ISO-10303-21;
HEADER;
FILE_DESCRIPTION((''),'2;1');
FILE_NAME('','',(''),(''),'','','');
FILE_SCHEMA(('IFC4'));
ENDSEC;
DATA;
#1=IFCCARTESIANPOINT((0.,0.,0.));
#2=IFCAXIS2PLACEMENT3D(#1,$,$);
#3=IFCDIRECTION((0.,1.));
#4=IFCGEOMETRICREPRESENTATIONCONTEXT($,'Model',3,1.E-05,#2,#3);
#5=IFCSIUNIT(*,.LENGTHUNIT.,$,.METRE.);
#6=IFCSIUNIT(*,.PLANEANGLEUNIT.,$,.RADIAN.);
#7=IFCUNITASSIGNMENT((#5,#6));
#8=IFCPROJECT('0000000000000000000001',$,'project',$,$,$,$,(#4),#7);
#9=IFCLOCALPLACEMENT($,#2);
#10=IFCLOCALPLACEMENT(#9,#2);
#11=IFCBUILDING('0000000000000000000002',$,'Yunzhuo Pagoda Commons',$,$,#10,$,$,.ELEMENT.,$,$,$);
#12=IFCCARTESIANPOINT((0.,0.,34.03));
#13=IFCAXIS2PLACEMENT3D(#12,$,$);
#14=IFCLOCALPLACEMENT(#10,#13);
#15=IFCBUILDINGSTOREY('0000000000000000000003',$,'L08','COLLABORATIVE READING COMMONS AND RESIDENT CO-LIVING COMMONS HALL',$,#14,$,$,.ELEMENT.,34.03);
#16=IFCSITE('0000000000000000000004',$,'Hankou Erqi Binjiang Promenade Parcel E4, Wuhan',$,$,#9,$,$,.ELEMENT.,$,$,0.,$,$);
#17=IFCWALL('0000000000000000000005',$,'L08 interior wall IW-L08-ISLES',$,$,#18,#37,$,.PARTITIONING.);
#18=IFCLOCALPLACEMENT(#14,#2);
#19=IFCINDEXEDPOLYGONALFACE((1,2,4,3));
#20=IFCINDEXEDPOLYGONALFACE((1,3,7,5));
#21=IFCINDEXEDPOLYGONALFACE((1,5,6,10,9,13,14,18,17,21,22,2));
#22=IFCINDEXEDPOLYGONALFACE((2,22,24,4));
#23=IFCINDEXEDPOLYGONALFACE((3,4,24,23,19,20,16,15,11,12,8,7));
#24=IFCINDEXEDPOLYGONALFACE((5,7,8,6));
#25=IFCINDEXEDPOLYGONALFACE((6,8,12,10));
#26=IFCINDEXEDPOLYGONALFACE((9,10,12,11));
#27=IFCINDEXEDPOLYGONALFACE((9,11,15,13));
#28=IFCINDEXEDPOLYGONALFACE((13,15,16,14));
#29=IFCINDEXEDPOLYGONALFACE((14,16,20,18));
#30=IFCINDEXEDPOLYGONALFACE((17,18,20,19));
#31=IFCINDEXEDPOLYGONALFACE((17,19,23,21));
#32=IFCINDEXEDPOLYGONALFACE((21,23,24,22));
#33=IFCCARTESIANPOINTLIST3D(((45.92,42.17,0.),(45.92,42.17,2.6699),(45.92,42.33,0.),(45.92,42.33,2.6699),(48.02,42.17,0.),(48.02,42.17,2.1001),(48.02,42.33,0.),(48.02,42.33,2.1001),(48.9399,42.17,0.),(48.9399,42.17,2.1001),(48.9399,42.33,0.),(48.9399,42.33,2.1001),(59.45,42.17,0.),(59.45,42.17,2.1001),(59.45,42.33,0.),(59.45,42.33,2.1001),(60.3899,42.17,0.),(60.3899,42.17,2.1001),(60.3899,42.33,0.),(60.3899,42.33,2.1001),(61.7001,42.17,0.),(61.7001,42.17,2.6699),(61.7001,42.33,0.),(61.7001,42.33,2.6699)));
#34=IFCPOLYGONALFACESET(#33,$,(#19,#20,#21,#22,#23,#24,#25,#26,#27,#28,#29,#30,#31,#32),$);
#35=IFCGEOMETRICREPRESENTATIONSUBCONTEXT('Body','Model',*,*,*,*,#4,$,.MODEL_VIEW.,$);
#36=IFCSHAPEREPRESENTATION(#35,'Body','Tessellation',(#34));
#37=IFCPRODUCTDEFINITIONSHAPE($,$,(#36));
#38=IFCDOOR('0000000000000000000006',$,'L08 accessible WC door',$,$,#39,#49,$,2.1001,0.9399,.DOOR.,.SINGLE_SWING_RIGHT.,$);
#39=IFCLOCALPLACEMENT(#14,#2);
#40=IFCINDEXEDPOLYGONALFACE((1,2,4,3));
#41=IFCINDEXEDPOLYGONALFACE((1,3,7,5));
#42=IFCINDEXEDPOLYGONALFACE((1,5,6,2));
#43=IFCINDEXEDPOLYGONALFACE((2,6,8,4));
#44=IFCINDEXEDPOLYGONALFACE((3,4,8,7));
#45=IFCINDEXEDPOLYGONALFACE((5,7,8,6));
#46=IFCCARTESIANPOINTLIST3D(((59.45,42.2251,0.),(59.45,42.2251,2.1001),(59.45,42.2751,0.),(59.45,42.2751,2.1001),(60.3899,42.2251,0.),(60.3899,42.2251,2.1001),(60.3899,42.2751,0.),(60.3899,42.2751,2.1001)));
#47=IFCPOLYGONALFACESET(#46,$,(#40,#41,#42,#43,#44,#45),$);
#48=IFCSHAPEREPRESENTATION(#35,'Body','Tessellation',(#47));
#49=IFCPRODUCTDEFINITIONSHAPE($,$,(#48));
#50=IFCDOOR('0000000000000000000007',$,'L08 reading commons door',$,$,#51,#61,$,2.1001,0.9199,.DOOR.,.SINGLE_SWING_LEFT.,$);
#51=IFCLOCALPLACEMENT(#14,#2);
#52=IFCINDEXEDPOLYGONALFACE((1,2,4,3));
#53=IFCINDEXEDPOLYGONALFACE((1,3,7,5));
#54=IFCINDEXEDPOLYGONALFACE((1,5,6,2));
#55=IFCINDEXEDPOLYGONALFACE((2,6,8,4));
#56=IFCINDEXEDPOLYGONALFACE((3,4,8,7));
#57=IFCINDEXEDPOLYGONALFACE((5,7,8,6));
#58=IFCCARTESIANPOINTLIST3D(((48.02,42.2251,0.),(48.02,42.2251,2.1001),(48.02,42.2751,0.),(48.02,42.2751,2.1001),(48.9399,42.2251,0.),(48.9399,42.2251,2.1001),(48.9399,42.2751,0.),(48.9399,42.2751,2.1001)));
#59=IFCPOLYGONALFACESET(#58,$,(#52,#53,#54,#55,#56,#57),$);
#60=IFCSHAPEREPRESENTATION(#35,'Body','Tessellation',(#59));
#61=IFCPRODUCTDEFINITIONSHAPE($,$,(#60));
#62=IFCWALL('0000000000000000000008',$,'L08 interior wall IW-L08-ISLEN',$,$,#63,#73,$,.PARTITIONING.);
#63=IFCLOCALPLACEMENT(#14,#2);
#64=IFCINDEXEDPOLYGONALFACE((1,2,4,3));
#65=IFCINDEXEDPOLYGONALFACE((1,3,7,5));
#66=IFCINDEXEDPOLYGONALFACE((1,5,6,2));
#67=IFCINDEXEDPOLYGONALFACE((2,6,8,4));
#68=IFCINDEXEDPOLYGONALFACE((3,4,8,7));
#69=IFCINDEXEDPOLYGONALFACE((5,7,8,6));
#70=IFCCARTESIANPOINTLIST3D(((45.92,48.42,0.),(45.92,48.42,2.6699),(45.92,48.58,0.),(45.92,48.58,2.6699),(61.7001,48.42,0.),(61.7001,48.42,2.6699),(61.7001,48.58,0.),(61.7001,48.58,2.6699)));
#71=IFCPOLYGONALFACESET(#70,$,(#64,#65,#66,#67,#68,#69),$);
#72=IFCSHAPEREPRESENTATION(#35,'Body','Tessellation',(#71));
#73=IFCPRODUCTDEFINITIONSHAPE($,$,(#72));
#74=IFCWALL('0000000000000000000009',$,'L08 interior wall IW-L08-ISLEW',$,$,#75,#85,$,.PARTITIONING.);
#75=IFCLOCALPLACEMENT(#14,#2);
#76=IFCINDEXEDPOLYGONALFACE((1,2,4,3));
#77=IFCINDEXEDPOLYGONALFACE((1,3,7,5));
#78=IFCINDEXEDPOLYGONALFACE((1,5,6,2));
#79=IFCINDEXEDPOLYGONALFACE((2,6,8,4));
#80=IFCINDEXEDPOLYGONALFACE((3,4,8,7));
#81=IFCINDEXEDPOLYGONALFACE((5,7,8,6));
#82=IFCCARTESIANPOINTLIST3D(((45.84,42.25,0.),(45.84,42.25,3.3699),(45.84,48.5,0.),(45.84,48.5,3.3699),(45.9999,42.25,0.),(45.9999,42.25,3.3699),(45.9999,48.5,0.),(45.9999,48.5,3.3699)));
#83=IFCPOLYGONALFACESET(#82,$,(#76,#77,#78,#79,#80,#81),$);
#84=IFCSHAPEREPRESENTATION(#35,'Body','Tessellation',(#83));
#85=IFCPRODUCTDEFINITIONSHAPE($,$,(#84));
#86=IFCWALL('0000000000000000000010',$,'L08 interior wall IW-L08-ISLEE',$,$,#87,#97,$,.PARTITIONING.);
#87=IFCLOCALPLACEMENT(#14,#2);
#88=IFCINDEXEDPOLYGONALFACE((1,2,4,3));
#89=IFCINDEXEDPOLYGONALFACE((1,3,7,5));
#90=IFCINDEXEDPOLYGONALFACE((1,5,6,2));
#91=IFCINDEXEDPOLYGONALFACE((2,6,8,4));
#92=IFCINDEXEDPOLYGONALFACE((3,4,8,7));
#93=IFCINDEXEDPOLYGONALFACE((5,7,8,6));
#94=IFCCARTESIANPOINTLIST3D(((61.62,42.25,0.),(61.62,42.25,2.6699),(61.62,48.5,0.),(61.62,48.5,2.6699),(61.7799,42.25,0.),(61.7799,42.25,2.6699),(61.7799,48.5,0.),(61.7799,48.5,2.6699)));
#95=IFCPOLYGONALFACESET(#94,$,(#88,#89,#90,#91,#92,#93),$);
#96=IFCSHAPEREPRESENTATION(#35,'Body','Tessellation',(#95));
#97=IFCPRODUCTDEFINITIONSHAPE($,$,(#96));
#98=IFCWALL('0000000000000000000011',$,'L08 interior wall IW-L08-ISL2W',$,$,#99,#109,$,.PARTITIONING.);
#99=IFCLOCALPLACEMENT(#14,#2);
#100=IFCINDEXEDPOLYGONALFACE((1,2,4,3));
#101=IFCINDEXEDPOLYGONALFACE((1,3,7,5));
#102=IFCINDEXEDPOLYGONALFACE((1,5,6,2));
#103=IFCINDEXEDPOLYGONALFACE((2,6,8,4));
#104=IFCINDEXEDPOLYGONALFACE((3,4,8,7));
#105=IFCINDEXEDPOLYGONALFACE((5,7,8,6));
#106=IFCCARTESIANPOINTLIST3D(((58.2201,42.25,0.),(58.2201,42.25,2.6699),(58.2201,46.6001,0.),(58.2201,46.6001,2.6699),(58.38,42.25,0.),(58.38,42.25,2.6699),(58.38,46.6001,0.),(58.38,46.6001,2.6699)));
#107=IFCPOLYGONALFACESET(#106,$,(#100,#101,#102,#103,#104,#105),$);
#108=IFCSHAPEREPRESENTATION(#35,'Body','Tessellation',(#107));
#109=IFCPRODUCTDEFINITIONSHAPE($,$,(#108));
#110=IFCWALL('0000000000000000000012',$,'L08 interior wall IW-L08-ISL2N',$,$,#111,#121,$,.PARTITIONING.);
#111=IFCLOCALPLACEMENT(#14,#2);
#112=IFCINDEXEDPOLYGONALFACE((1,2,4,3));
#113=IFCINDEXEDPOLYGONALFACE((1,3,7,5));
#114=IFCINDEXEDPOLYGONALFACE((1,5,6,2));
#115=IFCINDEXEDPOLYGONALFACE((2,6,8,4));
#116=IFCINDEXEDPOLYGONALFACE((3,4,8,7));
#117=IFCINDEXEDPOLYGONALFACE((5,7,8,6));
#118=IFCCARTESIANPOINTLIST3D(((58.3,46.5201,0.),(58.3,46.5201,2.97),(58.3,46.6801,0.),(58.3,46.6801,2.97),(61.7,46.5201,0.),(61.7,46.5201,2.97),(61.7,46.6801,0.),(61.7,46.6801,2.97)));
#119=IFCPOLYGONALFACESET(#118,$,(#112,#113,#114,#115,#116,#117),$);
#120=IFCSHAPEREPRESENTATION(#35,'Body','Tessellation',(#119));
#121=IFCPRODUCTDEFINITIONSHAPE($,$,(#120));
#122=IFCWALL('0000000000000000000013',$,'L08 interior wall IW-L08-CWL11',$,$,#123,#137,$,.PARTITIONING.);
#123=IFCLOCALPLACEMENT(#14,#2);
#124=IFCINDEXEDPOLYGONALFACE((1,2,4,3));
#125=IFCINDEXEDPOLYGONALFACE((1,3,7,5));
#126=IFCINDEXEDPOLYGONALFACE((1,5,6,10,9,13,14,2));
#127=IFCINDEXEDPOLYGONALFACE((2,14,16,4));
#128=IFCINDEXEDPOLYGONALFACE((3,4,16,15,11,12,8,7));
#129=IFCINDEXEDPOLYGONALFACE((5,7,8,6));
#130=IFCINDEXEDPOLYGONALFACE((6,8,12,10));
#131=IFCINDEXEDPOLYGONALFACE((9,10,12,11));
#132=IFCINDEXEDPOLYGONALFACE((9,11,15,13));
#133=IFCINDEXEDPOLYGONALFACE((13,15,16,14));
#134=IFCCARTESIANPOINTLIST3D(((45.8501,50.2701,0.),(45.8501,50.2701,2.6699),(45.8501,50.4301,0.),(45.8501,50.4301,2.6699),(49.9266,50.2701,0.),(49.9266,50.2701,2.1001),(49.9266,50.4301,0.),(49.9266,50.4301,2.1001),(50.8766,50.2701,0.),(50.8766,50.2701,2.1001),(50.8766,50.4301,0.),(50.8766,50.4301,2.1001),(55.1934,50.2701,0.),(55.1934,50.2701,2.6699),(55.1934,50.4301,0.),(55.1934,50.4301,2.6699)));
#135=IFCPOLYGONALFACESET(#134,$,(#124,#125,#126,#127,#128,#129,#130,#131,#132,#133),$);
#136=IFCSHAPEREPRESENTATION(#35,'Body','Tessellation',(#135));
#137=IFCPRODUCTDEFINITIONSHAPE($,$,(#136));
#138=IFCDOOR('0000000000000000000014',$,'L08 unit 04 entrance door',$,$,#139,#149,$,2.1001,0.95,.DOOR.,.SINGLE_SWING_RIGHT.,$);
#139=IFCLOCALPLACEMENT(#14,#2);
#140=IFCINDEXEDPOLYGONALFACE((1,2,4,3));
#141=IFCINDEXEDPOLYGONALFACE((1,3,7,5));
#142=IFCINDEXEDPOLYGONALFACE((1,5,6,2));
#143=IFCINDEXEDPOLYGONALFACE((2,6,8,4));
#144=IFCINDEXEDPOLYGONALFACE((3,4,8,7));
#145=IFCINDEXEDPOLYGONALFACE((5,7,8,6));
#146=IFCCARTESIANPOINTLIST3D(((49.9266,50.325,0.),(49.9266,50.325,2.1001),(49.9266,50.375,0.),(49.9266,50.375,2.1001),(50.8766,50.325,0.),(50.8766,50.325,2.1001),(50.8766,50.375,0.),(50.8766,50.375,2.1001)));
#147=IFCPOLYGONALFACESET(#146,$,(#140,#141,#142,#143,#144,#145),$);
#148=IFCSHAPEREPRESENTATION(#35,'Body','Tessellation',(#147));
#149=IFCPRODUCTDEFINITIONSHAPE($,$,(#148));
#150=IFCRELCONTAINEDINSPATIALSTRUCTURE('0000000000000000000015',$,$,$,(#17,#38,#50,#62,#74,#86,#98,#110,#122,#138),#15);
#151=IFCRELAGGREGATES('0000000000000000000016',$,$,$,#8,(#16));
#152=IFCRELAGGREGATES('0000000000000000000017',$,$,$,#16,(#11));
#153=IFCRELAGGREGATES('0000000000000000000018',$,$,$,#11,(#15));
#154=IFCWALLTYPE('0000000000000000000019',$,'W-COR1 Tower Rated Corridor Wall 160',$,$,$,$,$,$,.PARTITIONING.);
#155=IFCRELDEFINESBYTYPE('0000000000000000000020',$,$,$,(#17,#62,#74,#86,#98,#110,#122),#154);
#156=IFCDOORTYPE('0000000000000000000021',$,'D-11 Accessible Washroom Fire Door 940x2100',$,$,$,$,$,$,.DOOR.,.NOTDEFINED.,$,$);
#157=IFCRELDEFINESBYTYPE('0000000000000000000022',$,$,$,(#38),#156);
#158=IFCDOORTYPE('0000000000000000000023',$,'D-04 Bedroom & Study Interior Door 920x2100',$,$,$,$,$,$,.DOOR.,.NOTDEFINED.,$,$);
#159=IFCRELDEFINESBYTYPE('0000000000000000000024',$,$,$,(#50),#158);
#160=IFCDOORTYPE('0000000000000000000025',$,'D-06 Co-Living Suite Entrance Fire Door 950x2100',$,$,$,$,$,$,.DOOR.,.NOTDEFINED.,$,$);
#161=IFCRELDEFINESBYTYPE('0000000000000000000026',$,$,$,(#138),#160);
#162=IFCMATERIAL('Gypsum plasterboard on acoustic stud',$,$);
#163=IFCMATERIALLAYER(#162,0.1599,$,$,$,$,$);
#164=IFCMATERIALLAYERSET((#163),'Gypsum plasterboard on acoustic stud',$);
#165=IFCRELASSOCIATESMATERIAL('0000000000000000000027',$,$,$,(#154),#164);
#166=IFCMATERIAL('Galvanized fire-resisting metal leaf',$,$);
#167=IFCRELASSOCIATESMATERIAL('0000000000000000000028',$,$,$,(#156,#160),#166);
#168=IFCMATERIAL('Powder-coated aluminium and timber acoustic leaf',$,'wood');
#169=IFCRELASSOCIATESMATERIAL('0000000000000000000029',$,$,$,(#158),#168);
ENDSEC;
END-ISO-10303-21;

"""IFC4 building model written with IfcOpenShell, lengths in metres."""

from ifc_helpers import new_model, si_unit, direction, frame, frame_2d, origin, origin_with_axes, place, context, subcontext, project, spatial, rectangle, extrude, source, transform, mapped, material, layer, layer_set, type_object, element, fill, save


model = new_model("IFC4")

# Units and contexts
model_context = context("Model", 3, precision=1e-05, world=origin(), true_north=direction((0.0, 1.0)))
body_context = subcontext(model_context, "Body", "Model", "MODEL_VIEW")
ifc_project = project(units=[si_unit("LENGTHUNIT", "METRE"), si_unit("PLANEANGLEUNIT", "RADIAN")], contexts=[model_context])

# Site, building, storey
site_placement = place(None, origin())
site = spatial("IfcSite", under=ifc_project, at=site_placement, Name="Hankou Erqi Binjiang Promenade Parcel E4, Wuhan", CompositionType="ELEMENT", RefElevation=0.0)
building_placement = place(site_placement, origin())
building = spatial("IfcBuilding", under=site, at=building_placement, Name="Yunzhuo Pagoda Commons", CompositionType="ELEMENT")
storey_placement = place(building_placement, frame((0.0, 0.0, 34.03)))
storey = spatial("IfcBuildingStorey", under=building, at=storey_placement, Name="L08", Description="COLLABORATIVE READING COMMONS AND RESIDENT CO-LIVING COMMONS HALL", CompositionType="ELEMENT", Elevation=34.03)

# Shared definitions
ifc_material_1 = material(Name="Galvanized fire-resisting metal leaf")

# Wall, openings, doors
ifc_material_2 = material(Name="Gypsum plasterboard on acoustic stud")
ifc_layer_1 = layer(ifc_material_2, 0.1599)
ifc_layer_set_1 = layer_set([ifc_layer_1], Name="Gypsum plasterboard on acoustic stud")
wall_type_1 = type_object("IfcWallType", Name="W-COR1 Tower Rated Corridor Wall 160", PredefinedType="PARTITIONING", material=ifc_layer_set_1)
wall_1_placement = place(storey_placement, frame((45.9199, 42.25, 0.0), z_axis=(0.0, 0.0, 1.0), x_axis=(1.0, 0.0, 0.0)))
wall_1 = element("IfcWall", 1, at=wall_1_placement, inside=storey, type_object=wall_type_1, Name="L08 interior wall IW-L08-ISLES", PredefinedType="PARTITIONING", context=body_context, shape_type="SweptSolid", body=[
    extrude(rectangle(XDim=15.78, YDim=0.1599, at=frame_2d((7.8901, 0.0))), origin(), (0.0, 0.0, 1.0), 2.6699),
])
opening_1_placement = place(wall_1_placement, frame((2.1001, 0.0, 0.0)))
opening_1 = element("IfcOpeningElement", 2, at=opening_1_placement, cuts=wall_1, PredefinedType="OPENING", context=body_context, shape_type="SweptSolid", body=[
    extrude(rectangle(XDim=0.9199, YDim=2.1001, at=frame_2d((0.46, 1.05))), frame((0.0, 0.0898, 0.0), z_axis=(0.0, -1.0, 0.0), x_axis=(1.0, 0.0, 0.0)), (0.0, 0.0, 1.0), 0.1799),
])
opening_2_placement = place(wall_1_placement, frame((13.53, 0.0, 0.0)))
opening_2 = element("IfcOpeningElement", 3, at=opening_2_placement, cuts=wall_1, PredefinedType="OPENING", context=body_context, shape_type="SweptSolid", body=[
    extrude(rectangle(XDim=0.9399, YDim=2.1001, at=frame_2d((0.47, 1.05))), frame((0.0, 0.0898, 0.0), z_axis=(0.0, -1.0, 0.0), x_axis=(1.0, 0.0, 0.0)), (0.0, 0.0, 1.0), 0.1799),
])
door_type_1 = type_object("IfcDoorType", Name="D-11 Accessible Washroom Fire Door 940x2100", OperationType="NOTDEFINED", PredefinedType="DOOR", material=ifc_material_1)
shared_shape_1 = source(origin(), body_context, "Body", "SweptSolid", [
    extrude(rectangle(XDim=0.9399, YDim=2.1001, at=frame_2d((0.47, 1.05))), frame((0.0, 0.0249, 0.0), z_axis=(0.0, -1.0, 0.0), x_axis=(1.0, 0.0, 0.0)), (0.0, 0.0, 1.0), 0.05),
])
door_1_placement = place(opening_2_placement, frame((0.9399, 0.0, 0.0), z_axis=(0.0, 0.0, 1.0), x_axis=(-1.0, 0.0, 0.0)))
door_1 = element("IfcDoor", 4, at=door_1_placement, inside=storey, type_object=door_type_1, Name="L08 accessible WC door", OperationType="SINGLE_SWING_RIGHT", OverallHeight=2.1001, OverallWidth=0.9399, PredefinedType="DOOR", context=body_context, shape_type="MappedRepresentation", body=[
    mapped(shared_shape_1, transform((0.0, 0.0, 0.0), scale=1.0)),
])
fill(opening_2, door_1)
ifc_material_3 = material(Name="Powder-coated aluminium and timber acoustic leaf", Category="wood")
door_type_2 = type_object("IfcDoorType", Name="D-04 Bedroom & Study Interior Door 920x2100", OperationType="NOTDEFINED", PredefinedType="DOOR", material=ifc_material_3)
shared_shape_2 = source(origin(), body_context, "Body", "SweptSolid", [
    extrude(rectangle(XDim=0.9199, YDim=2.1001, at=frame_2d((0.46, 1.05))), frame((0.0, 0.0249, 0.0), z_axis=(0.0, -1.0, 0.0), x_axis=(1.0, 0.0, 0.0)), (0.0, 0.0, 1.0), 0.05),
])
door_2_placement = place(opening_1_placement, frame((0.9199, 0.0, 0.0), z_axis=(0.0, 0.0, 1.0), x_axis=(-1.0, 0.0, 0.0)))
door_2 = element("IfcDoor", 5, at=door_2_placement, inside=storey, type_object=door_type_2, Name="L08 reading commons door", OperationType="SINGLE_SWING_LEFT", OverallHeight=2.1001, OverallWidth=0.9199, PredefinedType="DOOR", context=body_context, shape_type="MappedRepresentation", body=[
    mapped(shared_shape_2, transform((0.0, 0.0, 0.0), scale=1.0)),
])
fill(opening_1, door_2)

# Walls
wall_2_placement = place(storey_placement, frame((45.9199, 48.5, 0.0), z_axis=(0.0, 0.0, 1.0), x_axis=(1.0, 0.0, 0.0)))
element("IfcWall", 6, at=wall_2_placement, inside=storey, type_object=wall_type_1, Name="L08 interior wall IW-L08-ISLEN", PredefinedType="PARTITIONING", context=body_context, shape_type="SweptSolid", body=[
    extrude(rectangle(XDim=15.78, YDim=0.1599, at=frame_2d((7.8901, 0.0))), origin(), (0.0, 0.0, 1.0), 2.6699),
])
wall_3_placement = place(storey_placement, frame((45.9199, 42.25, 0.0), z_axis=(0.0, 0.0, 1.0), x_axis=(0.0, 1.0, 0.0)))
element("IfcWall", 7, at=wall_3_placement, inside=storey, type_object=wall_type_1, Name="L08 interior wall IW-L08-ISLEW", PredefinedType="PARTITIONING", context=body_context, shape_type="SweptSolid", body=[
    extrude(rectangle(XDim=6.25, YDim=0.1599, at=frame_2d((3.125, 0.0))), origin(), (0.0, 0.0, 1.0), 3.3699),
])
wall_4_placement = place(storey_placement, frame((61.7, 42.25, 0.0), z_axis=(0.0, 0.0, 1.0), x_axis=(0.0, 1.0, 0.0)))
element("IfcWall", 8, at=wall_4_placement, inside=storey, type_object=wall_type_1, Name="L08 interior wall IW-L08-ISLEE", PredefinedType="PARTITIONING", context=body_context, shape_type="SweptSolid", body=[
    extrude(rectangle(XDim=6.25, YDim=0.1599, at=frame_2d((3.125, 0.0))), origin(), (0.0, 0.0, 1.0), 2.6699),
])
wall_5_placement = place(storey_placement, frame((58.3, 42.25, 0.0), z_axis=(0.0, 0.0, 1.0), x_axis=(0.0, 1.0, 0.0)))
element("IfcWall", 9, at=wall_5_placement, inside=storey, type_object=wall_type_1, Name="L08 interior wall IW-L08-ISL2W", PredefinedType="PARTITIONING", context=body_context, shape_type="SweptSolid", body=[
    extrude(rectangle(XDim=4.3501, YDim=0.1599, at=frame_2d((2.175, 0.0))), origin(), (0.0, 0.0, 1.0), 2.6699),
])
wall_6_placement = place(storey_placement, frame((58.3, 46.6001, 0.0), z_axis=(0.0, 0.0, 1.0), x_axis=(1.0, 0.0, 0.0)))
element("IfcWall", 10, at=wall_6_placement, inside=storey, type_object=wall_type_1, Name="L08 interior wall IW-L08-ISL2N", PredefinedType="PARTITIONING", context=body_context, shape_type="SweptSolid", body=[
    extrude(rectangle(XDim=3.3999, YDim=0.1599, at=frame_2d((1.7, 0.0))), origin(), (0.0, 0.0, 1.0), 2.97),
])

# Wall, opening, door
wall_7_placement = place(storey_placement, frame((45.8501, 50.3501, 0.0), z_axis=(0.0, 0.0, 1.0), x_axis=(1.0, 0.0, 0.0)))
wall_7 = element("IfcWall", 11, at=wall_7_placement, inside=storey, type_object=wall_type_1, Name="L08 interior wall IW-L08-CWL11", PredefinedType="PARTITIONING", context=body_context, shape_type="SweptSolid", body=[
    extrude(rectangle(XDim=9.3433, YDim=0.1599, at=frame_2d((4.6716, 0.0))), origin(), (0.0, 0.0, 1.0), 2.6699),
])
opening_3_placement = place(wall_7_placement, frame((4.0764, 0.0, 0.0)))
opening_3 = element("IfcOpeningElement", 12, at=opening_3_placement, cuts=wall_7, PredefinedType="OPENING", context=body_context, shape_type="SweptSolid", body=[
    extrude(rectangle(XDim=0.95, YDim=2.1001, at=frame_2d((0.4751, 1.05))), frame((0.0, 0.0898, 0.0), z_axis=(0.0, -1.0, 0.0), x_axis=(1.0, 0.0, 0.0)), (0.0, 0.0, 1.0), 0.1799),
])
door_type_3 = type_object("IfcDoorType", Name="D-06 Co-Living Suite Entrance Fire Door 950x2100", OperationType="NOTDEFINED", PredefinedType="DOOR", material=ifc_material_1)
shared_shape_3 = source(origin(), body_context, "Body", "SweptSolid", [
    extrude(rectangle(XDim=0.95, YDim=2.1001, at=frame_2d((0.4751, 1.05))), frame((0.0, 0.0249, 0.0), z_axis=(0.0, -1.0, 0.0), x_axis=(1.0, 0.0, 0.0)), (0.0, 0.0, 1.0), 0.05),
])
door_3_placement = place(opening_3_placement, origin_with_axes())
door_3 = element("IfcDoor", 13, at=door_3_placement, inside=storey, type_object=door_type_3, Name="L08 unit 04 entrance door", OperationType="SINGLE_SWING_RIGHT", OverallHeight=2.1001, OverallWidth=0.95, PredefinedType="DOOR", context=body_context, shape_type="MappedRepresentation", body=[
    mapped(shared_shape_3, transform((0.0, 0.0, 0.0), scale=1.0)),
])
fill(opening_3, door_3)

save(model, "model.ifc")
